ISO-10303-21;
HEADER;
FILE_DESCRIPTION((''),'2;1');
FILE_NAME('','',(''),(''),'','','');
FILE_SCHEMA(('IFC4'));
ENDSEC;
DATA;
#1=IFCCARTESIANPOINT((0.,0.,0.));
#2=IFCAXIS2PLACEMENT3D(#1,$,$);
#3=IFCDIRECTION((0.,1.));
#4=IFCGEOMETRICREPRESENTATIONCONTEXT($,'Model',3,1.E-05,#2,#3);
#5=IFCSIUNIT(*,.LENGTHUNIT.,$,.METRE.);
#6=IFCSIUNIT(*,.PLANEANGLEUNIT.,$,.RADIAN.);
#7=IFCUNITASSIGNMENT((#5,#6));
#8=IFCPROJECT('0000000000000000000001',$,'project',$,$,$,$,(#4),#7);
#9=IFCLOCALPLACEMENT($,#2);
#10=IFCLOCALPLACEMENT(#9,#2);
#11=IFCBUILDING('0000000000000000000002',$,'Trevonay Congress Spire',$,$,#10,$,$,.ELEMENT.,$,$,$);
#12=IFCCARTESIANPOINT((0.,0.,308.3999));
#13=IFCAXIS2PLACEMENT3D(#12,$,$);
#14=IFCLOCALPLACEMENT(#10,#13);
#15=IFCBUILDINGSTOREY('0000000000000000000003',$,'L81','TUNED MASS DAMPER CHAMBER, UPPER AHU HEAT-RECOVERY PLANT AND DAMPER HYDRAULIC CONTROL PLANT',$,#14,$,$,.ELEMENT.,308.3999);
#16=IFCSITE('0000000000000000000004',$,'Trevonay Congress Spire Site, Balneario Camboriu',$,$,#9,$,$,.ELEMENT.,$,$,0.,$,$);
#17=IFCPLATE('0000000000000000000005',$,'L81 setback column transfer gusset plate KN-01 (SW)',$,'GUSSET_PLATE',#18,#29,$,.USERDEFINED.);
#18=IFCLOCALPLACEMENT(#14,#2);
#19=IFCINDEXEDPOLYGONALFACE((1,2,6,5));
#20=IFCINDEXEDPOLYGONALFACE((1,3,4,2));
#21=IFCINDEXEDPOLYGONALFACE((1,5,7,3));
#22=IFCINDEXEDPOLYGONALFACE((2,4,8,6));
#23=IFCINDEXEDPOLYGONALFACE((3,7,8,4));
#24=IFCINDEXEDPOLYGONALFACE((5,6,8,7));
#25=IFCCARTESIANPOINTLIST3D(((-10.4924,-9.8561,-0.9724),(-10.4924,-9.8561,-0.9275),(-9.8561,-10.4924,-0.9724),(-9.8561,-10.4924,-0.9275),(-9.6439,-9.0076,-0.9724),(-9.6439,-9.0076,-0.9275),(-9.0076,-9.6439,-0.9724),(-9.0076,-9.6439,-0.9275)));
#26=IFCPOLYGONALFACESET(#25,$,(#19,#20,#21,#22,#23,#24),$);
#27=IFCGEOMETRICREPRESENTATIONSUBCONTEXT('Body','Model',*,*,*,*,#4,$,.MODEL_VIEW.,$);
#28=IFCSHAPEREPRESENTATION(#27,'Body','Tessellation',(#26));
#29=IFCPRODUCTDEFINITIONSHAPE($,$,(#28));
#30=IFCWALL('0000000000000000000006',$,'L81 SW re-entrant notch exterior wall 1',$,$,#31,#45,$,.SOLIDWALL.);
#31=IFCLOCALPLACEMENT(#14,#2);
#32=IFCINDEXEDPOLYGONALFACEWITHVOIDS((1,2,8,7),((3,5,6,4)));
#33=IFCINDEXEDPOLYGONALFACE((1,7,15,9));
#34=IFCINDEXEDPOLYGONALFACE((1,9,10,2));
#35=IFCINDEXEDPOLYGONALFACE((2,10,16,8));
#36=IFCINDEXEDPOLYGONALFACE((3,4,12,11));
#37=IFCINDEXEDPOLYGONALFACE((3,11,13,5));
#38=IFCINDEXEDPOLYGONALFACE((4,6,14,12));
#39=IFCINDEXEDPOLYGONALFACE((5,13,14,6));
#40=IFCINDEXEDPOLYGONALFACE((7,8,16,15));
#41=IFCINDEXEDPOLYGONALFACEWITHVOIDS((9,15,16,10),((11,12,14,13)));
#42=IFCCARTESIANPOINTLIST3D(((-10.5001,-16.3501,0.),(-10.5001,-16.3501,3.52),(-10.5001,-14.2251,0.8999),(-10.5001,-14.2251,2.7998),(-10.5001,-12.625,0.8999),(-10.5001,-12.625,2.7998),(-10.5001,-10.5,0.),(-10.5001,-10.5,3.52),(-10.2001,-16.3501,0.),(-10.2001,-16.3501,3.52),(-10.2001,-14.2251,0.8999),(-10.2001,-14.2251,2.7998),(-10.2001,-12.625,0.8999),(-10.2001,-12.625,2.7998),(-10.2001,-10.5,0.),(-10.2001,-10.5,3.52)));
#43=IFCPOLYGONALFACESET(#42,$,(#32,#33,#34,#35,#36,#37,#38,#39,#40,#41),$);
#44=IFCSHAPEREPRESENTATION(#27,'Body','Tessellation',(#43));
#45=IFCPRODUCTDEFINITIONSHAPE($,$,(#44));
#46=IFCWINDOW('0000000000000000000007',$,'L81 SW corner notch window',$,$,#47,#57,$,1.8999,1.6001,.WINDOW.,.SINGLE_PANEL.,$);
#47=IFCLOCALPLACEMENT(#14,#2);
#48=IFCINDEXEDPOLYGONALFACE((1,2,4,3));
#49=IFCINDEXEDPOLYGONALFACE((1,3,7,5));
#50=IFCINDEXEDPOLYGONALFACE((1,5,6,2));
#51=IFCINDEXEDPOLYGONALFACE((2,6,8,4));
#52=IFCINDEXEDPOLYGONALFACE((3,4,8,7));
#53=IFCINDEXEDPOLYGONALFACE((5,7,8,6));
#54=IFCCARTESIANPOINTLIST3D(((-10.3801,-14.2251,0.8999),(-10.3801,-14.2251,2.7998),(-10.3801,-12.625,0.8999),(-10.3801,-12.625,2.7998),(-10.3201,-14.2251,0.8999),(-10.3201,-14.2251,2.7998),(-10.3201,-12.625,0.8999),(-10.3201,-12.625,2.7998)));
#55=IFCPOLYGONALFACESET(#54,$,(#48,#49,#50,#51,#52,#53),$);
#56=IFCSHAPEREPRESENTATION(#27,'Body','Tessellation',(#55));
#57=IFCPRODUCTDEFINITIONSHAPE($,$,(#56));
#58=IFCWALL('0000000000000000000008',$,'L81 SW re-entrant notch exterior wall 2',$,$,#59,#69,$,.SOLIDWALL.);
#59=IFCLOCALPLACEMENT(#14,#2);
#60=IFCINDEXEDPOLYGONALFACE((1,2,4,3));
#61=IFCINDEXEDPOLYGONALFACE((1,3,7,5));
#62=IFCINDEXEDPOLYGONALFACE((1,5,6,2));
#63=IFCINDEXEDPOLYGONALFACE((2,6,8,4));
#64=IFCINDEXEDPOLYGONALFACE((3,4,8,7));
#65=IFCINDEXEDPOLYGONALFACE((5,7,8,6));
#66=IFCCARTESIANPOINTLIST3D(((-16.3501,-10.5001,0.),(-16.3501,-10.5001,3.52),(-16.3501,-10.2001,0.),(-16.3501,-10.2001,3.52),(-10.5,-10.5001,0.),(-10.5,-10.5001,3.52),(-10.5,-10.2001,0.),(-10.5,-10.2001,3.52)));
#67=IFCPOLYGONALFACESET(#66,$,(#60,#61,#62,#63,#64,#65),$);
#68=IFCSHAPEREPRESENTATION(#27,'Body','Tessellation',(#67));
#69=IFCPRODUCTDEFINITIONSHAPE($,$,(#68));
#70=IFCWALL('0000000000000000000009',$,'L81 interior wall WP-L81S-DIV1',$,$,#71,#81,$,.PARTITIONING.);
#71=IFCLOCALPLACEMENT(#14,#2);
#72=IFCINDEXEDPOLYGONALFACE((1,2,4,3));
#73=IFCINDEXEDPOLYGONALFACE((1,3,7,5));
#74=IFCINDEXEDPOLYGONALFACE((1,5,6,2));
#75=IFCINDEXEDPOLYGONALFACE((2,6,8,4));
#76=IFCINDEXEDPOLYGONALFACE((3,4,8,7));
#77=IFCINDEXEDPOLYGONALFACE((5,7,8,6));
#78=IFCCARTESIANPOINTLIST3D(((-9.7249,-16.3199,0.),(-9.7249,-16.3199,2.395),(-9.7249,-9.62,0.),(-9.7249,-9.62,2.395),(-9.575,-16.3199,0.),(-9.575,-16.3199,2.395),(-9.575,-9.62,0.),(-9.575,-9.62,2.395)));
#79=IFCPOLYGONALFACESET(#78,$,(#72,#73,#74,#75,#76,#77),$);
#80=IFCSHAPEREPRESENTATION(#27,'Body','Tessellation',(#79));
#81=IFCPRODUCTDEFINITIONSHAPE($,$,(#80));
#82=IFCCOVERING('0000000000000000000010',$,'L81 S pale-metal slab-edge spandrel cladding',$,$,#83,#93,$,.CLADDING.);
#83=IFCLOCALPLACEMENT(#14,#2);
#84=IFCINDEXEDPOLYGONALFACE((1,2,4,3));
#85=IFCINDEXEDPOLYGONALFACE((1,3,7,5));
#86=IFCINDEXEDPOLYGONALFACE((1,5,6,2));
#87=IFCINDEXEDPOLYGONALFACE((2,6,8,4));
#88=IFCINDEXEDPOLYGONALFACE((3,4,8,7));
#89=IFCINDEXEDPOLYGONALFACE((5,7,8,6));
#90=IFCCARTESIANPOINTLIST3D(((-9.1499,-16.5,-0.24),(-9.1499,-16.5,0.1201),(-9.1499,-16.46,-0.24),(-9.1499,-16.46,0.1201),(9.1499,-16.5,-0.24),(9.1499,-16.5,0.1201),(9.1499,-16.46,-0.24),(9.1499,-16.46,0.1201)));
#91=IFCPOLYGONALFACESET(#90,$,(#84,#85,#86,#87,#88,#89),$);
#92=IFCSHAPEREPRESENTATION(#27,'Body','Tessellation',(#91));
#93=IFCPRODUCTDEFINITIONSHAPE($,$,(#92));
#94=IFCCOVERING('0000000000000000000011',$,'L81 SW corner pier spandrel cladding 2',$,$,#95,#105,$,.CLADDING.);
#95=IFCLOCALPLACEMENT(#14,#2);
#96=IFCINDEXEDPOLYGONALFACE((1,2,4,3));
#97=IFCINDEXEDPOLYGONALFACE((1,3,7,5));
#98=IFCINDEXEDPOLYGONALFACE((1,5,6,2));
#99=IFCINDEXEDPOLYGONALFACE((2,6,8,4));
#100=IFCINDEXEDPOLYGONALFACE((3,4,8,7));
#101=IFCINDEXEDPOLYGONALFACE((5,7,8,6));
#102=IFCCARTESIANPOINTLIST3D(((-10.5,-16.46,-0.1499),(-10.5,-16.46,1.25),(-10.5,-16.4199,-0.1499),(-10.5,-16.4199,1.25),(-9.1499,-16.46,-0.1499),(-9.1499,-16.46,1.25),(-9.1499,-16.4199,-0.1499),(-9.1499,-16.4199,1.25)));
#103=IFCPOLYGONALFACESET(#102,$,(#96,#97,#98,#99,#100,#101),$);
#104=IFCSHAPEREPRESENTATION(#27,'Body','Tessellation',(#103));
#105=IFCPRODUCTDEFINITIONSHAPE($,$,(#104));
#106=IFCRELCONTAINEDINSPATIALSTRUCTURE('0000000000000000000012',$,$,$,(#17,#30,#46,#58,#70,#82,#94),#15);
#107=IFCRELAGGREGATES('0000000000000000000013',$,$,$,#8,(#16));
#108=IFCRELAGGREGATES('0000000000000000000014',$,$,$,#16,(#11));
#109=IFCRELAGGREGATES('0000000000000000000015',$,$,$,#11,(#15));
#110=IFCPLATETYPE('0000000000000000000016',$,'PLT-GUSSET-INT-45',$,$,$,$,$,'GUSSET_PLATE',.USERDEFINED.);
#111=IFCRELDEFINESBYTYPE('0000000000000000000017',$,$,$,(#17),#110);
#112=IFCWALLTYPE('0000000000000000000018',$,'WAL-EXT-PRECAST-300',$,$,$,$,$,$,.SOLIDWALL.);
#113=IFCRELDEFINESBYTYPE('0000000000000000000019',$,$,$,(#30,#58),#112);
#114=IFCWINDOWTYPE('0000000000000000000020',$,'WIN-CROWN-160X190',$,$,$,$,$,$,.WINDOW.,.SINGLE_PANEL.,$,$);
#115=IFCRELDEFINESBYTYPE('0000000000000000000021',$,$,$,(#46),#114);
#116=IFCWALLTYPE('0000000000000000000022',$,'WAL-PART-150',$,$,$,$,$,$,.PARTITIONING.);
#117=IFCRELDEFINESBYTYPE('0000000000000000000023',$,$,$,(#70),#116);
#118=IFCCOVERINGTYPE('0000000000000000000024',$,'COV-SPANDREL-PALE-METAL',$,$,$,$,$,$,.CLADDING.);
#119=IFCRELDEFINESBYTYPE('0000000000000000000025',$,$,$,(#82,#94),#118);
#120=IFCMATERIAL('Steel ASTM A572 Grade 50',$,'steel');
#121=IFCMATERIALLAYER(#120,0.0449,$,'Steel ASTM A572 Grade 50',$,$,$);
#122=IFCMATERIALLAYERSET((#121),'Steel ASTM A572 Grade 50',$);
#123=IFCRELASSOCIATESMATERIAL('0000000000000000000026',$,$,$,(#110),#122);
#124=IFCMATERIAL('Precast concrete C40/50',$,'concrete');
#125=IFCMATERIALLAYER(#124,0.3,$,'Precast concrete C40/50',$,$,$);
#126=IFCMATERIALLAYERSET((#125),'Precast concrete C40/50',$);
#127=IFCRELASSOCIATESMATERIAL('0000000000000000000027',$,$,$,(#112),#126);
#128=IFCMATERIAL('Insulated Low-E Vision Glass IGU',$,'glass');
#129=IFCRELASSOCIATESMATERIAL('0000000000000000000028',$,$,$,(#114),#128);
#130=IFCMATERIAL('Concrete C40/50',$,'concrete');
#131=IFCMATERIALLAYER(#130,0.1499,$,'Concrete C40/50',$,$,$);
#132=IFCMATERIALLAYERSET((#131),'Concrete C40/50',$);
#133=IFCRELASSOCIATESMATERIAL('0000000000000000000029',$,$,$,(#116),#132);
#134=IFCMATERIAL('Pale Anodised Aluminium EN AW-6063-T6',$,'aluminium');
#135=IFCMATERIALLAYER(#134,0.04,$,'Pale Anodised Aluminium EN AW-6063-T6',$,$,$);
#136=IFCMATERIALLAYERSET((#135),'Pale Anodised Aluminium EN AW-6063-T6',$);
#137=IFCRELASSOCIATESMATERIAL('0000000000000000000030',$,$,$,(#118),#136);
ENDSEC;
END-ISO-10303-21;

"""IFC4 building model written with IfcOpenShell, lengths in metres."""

from ifc_helpers import new_model, si_unit, direction, frame, frame_2d, origin, origin_2d, place, context, subcontext, project, spatial, rectangle, extrude, material, layer, layer_set, type_object, element, fill, save


model = new_model("IFC4")

# Units and contexts
model_context = context("Model", 3, precision=1e-05, world=origin(), true_north=direction((0.0, 1.0)))
body_context = subcontext(model_context, "Body", "Model", "MODEL_VIEW")
ifc_project = project(units=[si_unit("LENGTHUNIT", "METRE"), si_unit("PLANEANGLEUNIT", "RADIAN")], contexts=[model_context])

# Site, building, storey
site_placement = place(None, origin())
site = spatial("IfcSite", under=ifc_project, at=site_placement, Name="Trevonay Congress Spire Site, Balneario Camboriu", CompositionType="ELEMENT", RefElevation=0.0)
building_placement = place(site_placement, origin())
building = spatial("IfcBuilding", under=site, at=building_placement, Name="Trevonay Congress Spire", CompositionType="ELEMENT")
storey_placement = place(building_placement, frame((0.0, 0.0, 308.3999)))
storey = spatial("IfcBuildingStorey", under=building, at=storey_placement, Name="L81", Description="TUNED MASS DAMPER CHAMBER, UPPER AHU HEAT-RECOVERY PLANT AND DAMPER HYDRAULIC CONTROL PLANT", CompositionType="ELEMENT", Elevation=308.3999)

# Shared definitions
ifc_material_1 = material(Name="Steel ASTM A572 Grade 50", Category="steel")

# Shared definitions
ifc_material_2 = material(Name="Pale Anodised Aluminium EN AW-6063-T6", Category="aluminium")

# Plate
ifc_layer_1 = layer(ifc_material_1, 0.0449, Name="Steel ASTM A572 Grade 50")
ifc_layer_set_1 = layer_set([ifc_layer_1], Name="Steel ASTM A572 Grade 50")
plate_type = type_object("IfcPlateType", Name="PLT-GUSSET-INT-45", ElementType="GUSSET_PLATE", PredefinedType="USERDEFINED", material=ifc_layer_set_1)
plate_placement = place(storey_placement, frame((-9.75, -9.75, -0.9724), z_axis=(0.0, 0.0, 1.0), x_axis=(0.707107, 0.707107, 0.0)))
element("IfcPlate", 1, at=plate_placement, inside=storey, type_object=plate_type, Name="L81 setback column transfer gusset plate KN-01 (SW)", ObjectType="GUSSET_PLATE", PredefinedType="USERDEFINED", context=body_context, shape_type="SweptSolid", body=[
    extrude(rectangle(XDim=1.2, YDim=0.8999, at=origin_2d()), origin(), (0.0, 0.0, 1.0), 0.0449),
])

# Wall, opening, window
ifc_material_3 = material(Name="Precast concrete C40/50", Category="concrete")
ifc_layer_2 = layer(ifc_material_3, 0.3, Name="Precast concrete C40/50")
ifc_layer_set_2 = layer_set([ifc_layer_2], Name="Precast concrete C40/50")
wall_type_1 = type_object("IfcWallType", Name="WAL-EXT-PRECAST-300", PredefinedType="SOLIDWALL", material=ifc_layer_set_2)
wall_1_placement = place(storey_placement, frame((-10.3501, -16.3501, 0.0), z_axis=(0.0, 0.0, 1.0), x_axis=(0.0, 1.0, 0.0)))
wall_1 = element("IfcWall", 2, at=wall_1_placement, inside=storey, type_object=wall_type_1, Name="L81 SW re-entrant notch exterior wall 1", PredefinedType="SOLIDWALL", context=body_context, shape_type="SweptSolid", body=[
    extrude(rectangle(XDim=5.8501, YDim=0.3, at=frame_2d((2.925, 0.0))), origin(), (0.0, 0.0, 1.0), 3.52),
])
opening_placement = place(wall_1_placement, frame((2.125, 0.0, 0.8999)))
opening = element("IfcOpeningElement", 3, at=opening_placement, cuts=wall_1, PredefinedType="OPENING", context=body_context, shape_type="SweptSolid", body=[
    extrude(rectangle(XDim=1.6001, YDim=1.8999, at=frame_2d((0.8, 0.95))), frame((0.0, 0.1602, 0.0), z_axis=(0.0, -1.0, 0.0), x_axis=(1.0, 0.0, 0.0)), (0.0, 0.0, 1.0), 0.3201),
])
ifc_material_4 = material(Name="Insulated Low-E Vision Glass IGU", Category="glass")
window_type = type_object("IfcWindowType", Name="WIN-CROWN-160X190", PartitioningType="SINGLE_PANEL", PredefinedType="WINDOW", material=ifc_material_4)
window_placement = place(opening_placement, origin())
window = element("IfcWindow", 4, at=window_placement, inside=storey, type_object=window_type, Name="L81 SW corner notch window", OverallHeight=1.8999, OverallWidth=1.6001, PartitioningType="SINGLE_PANEL", PredefinedType="WINDOW", context=body_context, shape_type="SweptSolid", body=[
    extrude(rectangle(XDim=1.6001, YDim=1.8999, at=frame_2d((0.8, 0.95))), frame((0.0, 0.03, 0.0), z_axis=(0.0, -1.0, 0.0), x_axis=(1.0, 0.0, 0.0)), (0.0, 0.0, 1.0), 0.0601),
])
fill(opening, window)

# Walls
wall_2_placement = place(storey_placement, frame((-16.3501, -10.3501, 0.0), z_axis=(0.0, 0.0, 1.0), x_axis=(1.0, 0.0, 0.0)))
element("IfcWall", 5, at=wall_2_placement, inside=storey, type_object=wall_type_1, Name="L81 SW re-entrant notch exterior wall 2", PredefinedType="SOLIDWALL", context=body_context, shape_type="SweptSolid", body=[
    extrude(rectangle(XDim=5.8501, YDim=0.3, at=frame_2d((2.925, 0.0))), origin(), (0.0, 0.0, 1.0), 3.52),
])
ifc_material_5 = material(Name="Concrete C40/50", Category="concrete")
ifc_layer_3 = layer(ifc_material_5, 0.1499, Name="Concrete C40/50")
ifc_layer_set_3 = layer_set([ifc_layer_3], Name="Concrete C40/50")
wall_type_2 = type_object("IfcWallType", Name="WAL-PART-150", PredefinedType="PARTITIONING", material=ifc_layer_set_3)
wall_3_placement = place(storey_placement, frame((-9.6499, -16.3201, 0.0), z_axis=(0.0, 0.0, 1.0), x_axis=(0.0, 1.0, 0.0)))
element("IfcWall", 6, at=wall_3_placement, inside=storey, type_object=wall_type_2, Name="L81 interior wall WP-L81S-DIV1", PredefinedType="PARTITIONING", context=body_context, shape_type="SweptSolid", body=[
    extrude(rectangle(XDim=6.7, YDim=0.1499, at=frame_2d((3.3501, 0.0))), origin(), (0.0, 0.0, 1.0), 2.395),
])

# Coverings
ifc_layer_4 = layer(ifc_material_2, 0.04, Name="Pale Anodised Aluminium EN AW-6063-T6")
ifc_layer_set_4 = layer_set([ifc_layer_4], Name="Pale Anodised Aluminium EN AW-6063-T6")
covering_type = type_object("IfcCoveringType", Name="COV-SPANDREL-PALE-METAL", PredefinedType="CLADDING", material=ifc_layer_set_4)
covering_1_placement = place(storey_placement, frame((-9.1499, -16.48, -0.24), z_axis=(0.0, 0.0, 1.0), x_axis=(1.0, 0.0, 0.0)))
element("IfcCovering", 7, at=covering_1_placement, inside=storey, type_object=covering_type, Name="L81 S pale-metal slab-edge spandrel cladding", PredefinedType="CLADDING", context=body_context, shape_type="SweptSolid", body=[
    extrude(rectangle(XDim=18.2998, YDim=0.04, at=frame_2d((9.1499, 0.0))), origin(), (0.0, 0.0, 1.0), 0.3601),
])
covering_2_placement = place(storey_placement, frame((-9.1499, -16.4399, -0.1499), z_axis=(0.0, 0.0, 1.0), x_axis=(-1.0, 0.0, 0.0)))
element("IfcCovering", 8, at=covering_2_placement, inside=storey, type_object=covering_type, Name="L81 SW corner pier spandrel cladding 2", PredefinedType="CLADDING", context=body_context, shape_type="SweptSolid", body=[
    extrude(rectangle(XDim=1.3501, YDim=0.04, at=frame_2d((0.675, 0.0))), origin(), (0.0, 0.0, 1.0), 1.3999),
])

save(model, "model.ifc")
